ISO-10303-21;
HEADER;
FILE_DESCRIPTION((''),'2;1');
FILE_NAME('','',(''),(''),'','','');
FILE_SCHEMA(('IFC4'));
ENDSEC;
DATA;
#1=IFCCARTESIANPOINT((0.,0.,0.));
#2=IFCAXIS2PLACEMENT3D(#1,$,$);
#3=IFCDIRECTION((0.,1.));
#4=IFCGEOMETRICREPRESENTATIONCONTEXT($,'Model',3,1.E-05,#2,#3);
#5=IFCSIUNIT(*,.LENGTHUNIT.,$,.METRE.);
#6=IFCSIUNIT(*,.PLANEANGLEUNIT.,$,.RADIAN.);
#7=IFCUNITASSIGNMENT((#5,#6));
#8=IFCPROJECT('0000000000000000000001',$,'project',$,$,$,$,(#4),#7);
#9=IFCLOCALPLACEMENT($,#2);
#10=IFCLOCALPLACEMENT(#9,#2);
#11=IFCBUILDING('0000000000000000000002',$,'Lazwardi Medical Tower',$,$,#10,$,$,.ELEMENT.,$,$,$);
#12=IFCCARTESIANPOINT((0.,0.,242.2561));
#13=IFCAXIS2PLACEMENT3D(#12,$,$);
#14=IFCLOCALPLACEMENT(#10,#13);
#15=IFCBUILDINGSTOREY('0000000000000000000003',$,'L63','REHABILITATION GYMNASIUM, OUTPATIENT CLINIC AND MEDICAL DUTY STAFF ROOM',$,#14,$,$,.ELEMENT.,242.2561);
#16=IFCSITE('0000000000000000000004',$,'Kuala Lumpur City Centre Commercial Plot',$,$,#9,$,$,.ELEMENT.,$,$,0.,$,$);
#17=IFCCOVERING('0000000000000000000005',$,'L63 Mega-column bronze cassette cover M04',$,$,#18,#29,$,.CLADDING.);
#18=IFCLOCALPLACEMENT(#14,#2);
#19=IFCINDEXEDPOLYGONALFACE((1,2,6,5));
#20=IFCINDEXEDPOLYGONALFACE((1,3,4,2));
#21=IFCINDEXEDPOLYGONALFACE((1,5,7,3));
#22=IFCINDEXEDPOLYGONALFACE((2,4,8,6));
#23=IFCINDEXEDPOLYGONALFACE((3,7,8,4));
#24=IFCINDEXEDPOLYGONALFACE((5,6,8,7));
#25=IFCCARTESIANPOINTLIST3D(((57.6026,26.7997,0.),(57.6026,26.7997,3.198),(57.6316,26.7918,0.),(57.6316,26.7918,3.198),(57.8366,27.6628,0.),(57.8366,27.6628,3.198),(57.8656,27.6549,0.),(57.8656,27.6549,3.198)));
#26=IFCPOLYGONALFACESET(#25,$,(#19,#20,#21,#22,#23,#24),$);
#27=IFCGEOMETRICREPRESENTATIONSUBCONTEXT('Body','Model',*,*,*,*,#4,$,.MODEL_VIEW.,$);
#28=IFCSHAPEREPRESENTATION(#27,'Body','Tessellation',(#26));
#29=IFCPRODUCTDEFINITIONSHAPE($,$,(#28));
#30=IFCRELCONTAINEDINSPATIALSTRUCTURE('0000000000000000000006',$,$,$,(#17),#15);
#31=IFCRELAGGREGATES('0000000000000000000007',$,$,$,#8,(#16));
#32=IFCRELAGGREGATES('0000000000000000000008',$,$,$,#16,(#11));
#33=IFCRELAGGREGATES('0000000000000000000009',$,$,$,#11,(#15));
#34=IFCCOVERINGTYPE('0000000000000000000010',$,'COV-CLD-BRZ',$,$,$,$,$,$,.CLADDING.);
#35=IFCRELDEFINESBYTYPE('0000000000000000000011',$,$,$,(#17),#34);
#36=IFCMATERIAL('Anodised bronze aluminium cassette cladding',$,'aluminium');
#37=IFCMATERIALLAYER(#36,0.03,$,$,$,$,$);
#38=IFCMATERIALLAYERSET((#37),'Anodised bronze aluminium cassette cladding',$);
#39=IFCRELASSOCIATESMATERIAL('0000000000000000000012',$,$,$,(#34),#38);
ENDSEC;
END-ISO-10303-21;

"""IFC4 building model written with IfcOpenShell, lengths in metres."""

from ifc_helpers import new_model, si_unit, direction, frame, origin, origin_2d, place, context, subcontext, project, spatial, rectangle, extrude, material, layer, layer_set, type_object, element, save


model = new_model("IFC4")

# Units and contexts
model_context = context("Model", 3, precision=1e-05, world=origin(), true_north=direction((0.0, 1.0)))
body_context = subcontext(model_context, "Body", "Model", "MODEL_VIEW")
ifc_project = project(units=[si_unit("LENGTHUNIT", "METRE"), si_unit("PLANEANGLEUNIT", "RADIAN")], contexts=[model_context])

# Site, building, storey
site_placement = place(None, origin())
site = spatial("IfcSite", under=ifc_project, at=site_placement, Name="Kuala Lumpur City Centre Commercial Plot", CompositionType="ELEMENT", RefElevation=0.0)
building_placement = place(site_placement, origin())
building = spatial("IfcBuilding", under=site, at=building_placement, Name="Lazwardi Medical Tower", CompositionType="ELEMENT")
storey_placement = place(building_placement, frame((0.0, 0.0, 242.2561)))
storey = spatial("IfcBuildingStorey", under=building, at=storey_placement, Name="L63", Description="REHABILITATION GYMNASIUM, OUTPATIENT CLINIC AND MEDICAL DUTY STAFF ROOM", CompositionType="ELEMENT", Elevation=242.2561)

# Covering
ifc_material_1 = material(Name="Anodised bronze aluminium cassette cladding", Category="aluminium")
ifc_layer_1 = layer(ifc_material_1, 0.03)
ifc_layer_set_1 = layer_set([ifc_layer_1], Name="Anodised bronze aluminium cassette cladding")
covering_type = type_object("IfcCoveringType", Name="COV-CLD-BRZ", PredefinedType="CLADDING", material=ifc_layer_set_1)
covering_1_placement = place(storey_placement, frame((57.7341, 27.2273, 0.0), z_axis=(0.0, 0.0, 1.0), x_axis=(0.261642, 0.965165, 0.0)))
element("IfcCovering", 1, at=covering_1_placement, inside=storey, type_object=covering_type, Name="L63 Mega-column bronze cassette cover M04", PredefinedType="CLADDING", context=body_context, shape_type="SweptSolid", body=[
    extrude(rectangle(XDim=0.8943, YDim=0.03, at=origin_2d()), origin(), (0.0, 0.0, 1.0), 3.198),
])

save(model, "model.ifc")
